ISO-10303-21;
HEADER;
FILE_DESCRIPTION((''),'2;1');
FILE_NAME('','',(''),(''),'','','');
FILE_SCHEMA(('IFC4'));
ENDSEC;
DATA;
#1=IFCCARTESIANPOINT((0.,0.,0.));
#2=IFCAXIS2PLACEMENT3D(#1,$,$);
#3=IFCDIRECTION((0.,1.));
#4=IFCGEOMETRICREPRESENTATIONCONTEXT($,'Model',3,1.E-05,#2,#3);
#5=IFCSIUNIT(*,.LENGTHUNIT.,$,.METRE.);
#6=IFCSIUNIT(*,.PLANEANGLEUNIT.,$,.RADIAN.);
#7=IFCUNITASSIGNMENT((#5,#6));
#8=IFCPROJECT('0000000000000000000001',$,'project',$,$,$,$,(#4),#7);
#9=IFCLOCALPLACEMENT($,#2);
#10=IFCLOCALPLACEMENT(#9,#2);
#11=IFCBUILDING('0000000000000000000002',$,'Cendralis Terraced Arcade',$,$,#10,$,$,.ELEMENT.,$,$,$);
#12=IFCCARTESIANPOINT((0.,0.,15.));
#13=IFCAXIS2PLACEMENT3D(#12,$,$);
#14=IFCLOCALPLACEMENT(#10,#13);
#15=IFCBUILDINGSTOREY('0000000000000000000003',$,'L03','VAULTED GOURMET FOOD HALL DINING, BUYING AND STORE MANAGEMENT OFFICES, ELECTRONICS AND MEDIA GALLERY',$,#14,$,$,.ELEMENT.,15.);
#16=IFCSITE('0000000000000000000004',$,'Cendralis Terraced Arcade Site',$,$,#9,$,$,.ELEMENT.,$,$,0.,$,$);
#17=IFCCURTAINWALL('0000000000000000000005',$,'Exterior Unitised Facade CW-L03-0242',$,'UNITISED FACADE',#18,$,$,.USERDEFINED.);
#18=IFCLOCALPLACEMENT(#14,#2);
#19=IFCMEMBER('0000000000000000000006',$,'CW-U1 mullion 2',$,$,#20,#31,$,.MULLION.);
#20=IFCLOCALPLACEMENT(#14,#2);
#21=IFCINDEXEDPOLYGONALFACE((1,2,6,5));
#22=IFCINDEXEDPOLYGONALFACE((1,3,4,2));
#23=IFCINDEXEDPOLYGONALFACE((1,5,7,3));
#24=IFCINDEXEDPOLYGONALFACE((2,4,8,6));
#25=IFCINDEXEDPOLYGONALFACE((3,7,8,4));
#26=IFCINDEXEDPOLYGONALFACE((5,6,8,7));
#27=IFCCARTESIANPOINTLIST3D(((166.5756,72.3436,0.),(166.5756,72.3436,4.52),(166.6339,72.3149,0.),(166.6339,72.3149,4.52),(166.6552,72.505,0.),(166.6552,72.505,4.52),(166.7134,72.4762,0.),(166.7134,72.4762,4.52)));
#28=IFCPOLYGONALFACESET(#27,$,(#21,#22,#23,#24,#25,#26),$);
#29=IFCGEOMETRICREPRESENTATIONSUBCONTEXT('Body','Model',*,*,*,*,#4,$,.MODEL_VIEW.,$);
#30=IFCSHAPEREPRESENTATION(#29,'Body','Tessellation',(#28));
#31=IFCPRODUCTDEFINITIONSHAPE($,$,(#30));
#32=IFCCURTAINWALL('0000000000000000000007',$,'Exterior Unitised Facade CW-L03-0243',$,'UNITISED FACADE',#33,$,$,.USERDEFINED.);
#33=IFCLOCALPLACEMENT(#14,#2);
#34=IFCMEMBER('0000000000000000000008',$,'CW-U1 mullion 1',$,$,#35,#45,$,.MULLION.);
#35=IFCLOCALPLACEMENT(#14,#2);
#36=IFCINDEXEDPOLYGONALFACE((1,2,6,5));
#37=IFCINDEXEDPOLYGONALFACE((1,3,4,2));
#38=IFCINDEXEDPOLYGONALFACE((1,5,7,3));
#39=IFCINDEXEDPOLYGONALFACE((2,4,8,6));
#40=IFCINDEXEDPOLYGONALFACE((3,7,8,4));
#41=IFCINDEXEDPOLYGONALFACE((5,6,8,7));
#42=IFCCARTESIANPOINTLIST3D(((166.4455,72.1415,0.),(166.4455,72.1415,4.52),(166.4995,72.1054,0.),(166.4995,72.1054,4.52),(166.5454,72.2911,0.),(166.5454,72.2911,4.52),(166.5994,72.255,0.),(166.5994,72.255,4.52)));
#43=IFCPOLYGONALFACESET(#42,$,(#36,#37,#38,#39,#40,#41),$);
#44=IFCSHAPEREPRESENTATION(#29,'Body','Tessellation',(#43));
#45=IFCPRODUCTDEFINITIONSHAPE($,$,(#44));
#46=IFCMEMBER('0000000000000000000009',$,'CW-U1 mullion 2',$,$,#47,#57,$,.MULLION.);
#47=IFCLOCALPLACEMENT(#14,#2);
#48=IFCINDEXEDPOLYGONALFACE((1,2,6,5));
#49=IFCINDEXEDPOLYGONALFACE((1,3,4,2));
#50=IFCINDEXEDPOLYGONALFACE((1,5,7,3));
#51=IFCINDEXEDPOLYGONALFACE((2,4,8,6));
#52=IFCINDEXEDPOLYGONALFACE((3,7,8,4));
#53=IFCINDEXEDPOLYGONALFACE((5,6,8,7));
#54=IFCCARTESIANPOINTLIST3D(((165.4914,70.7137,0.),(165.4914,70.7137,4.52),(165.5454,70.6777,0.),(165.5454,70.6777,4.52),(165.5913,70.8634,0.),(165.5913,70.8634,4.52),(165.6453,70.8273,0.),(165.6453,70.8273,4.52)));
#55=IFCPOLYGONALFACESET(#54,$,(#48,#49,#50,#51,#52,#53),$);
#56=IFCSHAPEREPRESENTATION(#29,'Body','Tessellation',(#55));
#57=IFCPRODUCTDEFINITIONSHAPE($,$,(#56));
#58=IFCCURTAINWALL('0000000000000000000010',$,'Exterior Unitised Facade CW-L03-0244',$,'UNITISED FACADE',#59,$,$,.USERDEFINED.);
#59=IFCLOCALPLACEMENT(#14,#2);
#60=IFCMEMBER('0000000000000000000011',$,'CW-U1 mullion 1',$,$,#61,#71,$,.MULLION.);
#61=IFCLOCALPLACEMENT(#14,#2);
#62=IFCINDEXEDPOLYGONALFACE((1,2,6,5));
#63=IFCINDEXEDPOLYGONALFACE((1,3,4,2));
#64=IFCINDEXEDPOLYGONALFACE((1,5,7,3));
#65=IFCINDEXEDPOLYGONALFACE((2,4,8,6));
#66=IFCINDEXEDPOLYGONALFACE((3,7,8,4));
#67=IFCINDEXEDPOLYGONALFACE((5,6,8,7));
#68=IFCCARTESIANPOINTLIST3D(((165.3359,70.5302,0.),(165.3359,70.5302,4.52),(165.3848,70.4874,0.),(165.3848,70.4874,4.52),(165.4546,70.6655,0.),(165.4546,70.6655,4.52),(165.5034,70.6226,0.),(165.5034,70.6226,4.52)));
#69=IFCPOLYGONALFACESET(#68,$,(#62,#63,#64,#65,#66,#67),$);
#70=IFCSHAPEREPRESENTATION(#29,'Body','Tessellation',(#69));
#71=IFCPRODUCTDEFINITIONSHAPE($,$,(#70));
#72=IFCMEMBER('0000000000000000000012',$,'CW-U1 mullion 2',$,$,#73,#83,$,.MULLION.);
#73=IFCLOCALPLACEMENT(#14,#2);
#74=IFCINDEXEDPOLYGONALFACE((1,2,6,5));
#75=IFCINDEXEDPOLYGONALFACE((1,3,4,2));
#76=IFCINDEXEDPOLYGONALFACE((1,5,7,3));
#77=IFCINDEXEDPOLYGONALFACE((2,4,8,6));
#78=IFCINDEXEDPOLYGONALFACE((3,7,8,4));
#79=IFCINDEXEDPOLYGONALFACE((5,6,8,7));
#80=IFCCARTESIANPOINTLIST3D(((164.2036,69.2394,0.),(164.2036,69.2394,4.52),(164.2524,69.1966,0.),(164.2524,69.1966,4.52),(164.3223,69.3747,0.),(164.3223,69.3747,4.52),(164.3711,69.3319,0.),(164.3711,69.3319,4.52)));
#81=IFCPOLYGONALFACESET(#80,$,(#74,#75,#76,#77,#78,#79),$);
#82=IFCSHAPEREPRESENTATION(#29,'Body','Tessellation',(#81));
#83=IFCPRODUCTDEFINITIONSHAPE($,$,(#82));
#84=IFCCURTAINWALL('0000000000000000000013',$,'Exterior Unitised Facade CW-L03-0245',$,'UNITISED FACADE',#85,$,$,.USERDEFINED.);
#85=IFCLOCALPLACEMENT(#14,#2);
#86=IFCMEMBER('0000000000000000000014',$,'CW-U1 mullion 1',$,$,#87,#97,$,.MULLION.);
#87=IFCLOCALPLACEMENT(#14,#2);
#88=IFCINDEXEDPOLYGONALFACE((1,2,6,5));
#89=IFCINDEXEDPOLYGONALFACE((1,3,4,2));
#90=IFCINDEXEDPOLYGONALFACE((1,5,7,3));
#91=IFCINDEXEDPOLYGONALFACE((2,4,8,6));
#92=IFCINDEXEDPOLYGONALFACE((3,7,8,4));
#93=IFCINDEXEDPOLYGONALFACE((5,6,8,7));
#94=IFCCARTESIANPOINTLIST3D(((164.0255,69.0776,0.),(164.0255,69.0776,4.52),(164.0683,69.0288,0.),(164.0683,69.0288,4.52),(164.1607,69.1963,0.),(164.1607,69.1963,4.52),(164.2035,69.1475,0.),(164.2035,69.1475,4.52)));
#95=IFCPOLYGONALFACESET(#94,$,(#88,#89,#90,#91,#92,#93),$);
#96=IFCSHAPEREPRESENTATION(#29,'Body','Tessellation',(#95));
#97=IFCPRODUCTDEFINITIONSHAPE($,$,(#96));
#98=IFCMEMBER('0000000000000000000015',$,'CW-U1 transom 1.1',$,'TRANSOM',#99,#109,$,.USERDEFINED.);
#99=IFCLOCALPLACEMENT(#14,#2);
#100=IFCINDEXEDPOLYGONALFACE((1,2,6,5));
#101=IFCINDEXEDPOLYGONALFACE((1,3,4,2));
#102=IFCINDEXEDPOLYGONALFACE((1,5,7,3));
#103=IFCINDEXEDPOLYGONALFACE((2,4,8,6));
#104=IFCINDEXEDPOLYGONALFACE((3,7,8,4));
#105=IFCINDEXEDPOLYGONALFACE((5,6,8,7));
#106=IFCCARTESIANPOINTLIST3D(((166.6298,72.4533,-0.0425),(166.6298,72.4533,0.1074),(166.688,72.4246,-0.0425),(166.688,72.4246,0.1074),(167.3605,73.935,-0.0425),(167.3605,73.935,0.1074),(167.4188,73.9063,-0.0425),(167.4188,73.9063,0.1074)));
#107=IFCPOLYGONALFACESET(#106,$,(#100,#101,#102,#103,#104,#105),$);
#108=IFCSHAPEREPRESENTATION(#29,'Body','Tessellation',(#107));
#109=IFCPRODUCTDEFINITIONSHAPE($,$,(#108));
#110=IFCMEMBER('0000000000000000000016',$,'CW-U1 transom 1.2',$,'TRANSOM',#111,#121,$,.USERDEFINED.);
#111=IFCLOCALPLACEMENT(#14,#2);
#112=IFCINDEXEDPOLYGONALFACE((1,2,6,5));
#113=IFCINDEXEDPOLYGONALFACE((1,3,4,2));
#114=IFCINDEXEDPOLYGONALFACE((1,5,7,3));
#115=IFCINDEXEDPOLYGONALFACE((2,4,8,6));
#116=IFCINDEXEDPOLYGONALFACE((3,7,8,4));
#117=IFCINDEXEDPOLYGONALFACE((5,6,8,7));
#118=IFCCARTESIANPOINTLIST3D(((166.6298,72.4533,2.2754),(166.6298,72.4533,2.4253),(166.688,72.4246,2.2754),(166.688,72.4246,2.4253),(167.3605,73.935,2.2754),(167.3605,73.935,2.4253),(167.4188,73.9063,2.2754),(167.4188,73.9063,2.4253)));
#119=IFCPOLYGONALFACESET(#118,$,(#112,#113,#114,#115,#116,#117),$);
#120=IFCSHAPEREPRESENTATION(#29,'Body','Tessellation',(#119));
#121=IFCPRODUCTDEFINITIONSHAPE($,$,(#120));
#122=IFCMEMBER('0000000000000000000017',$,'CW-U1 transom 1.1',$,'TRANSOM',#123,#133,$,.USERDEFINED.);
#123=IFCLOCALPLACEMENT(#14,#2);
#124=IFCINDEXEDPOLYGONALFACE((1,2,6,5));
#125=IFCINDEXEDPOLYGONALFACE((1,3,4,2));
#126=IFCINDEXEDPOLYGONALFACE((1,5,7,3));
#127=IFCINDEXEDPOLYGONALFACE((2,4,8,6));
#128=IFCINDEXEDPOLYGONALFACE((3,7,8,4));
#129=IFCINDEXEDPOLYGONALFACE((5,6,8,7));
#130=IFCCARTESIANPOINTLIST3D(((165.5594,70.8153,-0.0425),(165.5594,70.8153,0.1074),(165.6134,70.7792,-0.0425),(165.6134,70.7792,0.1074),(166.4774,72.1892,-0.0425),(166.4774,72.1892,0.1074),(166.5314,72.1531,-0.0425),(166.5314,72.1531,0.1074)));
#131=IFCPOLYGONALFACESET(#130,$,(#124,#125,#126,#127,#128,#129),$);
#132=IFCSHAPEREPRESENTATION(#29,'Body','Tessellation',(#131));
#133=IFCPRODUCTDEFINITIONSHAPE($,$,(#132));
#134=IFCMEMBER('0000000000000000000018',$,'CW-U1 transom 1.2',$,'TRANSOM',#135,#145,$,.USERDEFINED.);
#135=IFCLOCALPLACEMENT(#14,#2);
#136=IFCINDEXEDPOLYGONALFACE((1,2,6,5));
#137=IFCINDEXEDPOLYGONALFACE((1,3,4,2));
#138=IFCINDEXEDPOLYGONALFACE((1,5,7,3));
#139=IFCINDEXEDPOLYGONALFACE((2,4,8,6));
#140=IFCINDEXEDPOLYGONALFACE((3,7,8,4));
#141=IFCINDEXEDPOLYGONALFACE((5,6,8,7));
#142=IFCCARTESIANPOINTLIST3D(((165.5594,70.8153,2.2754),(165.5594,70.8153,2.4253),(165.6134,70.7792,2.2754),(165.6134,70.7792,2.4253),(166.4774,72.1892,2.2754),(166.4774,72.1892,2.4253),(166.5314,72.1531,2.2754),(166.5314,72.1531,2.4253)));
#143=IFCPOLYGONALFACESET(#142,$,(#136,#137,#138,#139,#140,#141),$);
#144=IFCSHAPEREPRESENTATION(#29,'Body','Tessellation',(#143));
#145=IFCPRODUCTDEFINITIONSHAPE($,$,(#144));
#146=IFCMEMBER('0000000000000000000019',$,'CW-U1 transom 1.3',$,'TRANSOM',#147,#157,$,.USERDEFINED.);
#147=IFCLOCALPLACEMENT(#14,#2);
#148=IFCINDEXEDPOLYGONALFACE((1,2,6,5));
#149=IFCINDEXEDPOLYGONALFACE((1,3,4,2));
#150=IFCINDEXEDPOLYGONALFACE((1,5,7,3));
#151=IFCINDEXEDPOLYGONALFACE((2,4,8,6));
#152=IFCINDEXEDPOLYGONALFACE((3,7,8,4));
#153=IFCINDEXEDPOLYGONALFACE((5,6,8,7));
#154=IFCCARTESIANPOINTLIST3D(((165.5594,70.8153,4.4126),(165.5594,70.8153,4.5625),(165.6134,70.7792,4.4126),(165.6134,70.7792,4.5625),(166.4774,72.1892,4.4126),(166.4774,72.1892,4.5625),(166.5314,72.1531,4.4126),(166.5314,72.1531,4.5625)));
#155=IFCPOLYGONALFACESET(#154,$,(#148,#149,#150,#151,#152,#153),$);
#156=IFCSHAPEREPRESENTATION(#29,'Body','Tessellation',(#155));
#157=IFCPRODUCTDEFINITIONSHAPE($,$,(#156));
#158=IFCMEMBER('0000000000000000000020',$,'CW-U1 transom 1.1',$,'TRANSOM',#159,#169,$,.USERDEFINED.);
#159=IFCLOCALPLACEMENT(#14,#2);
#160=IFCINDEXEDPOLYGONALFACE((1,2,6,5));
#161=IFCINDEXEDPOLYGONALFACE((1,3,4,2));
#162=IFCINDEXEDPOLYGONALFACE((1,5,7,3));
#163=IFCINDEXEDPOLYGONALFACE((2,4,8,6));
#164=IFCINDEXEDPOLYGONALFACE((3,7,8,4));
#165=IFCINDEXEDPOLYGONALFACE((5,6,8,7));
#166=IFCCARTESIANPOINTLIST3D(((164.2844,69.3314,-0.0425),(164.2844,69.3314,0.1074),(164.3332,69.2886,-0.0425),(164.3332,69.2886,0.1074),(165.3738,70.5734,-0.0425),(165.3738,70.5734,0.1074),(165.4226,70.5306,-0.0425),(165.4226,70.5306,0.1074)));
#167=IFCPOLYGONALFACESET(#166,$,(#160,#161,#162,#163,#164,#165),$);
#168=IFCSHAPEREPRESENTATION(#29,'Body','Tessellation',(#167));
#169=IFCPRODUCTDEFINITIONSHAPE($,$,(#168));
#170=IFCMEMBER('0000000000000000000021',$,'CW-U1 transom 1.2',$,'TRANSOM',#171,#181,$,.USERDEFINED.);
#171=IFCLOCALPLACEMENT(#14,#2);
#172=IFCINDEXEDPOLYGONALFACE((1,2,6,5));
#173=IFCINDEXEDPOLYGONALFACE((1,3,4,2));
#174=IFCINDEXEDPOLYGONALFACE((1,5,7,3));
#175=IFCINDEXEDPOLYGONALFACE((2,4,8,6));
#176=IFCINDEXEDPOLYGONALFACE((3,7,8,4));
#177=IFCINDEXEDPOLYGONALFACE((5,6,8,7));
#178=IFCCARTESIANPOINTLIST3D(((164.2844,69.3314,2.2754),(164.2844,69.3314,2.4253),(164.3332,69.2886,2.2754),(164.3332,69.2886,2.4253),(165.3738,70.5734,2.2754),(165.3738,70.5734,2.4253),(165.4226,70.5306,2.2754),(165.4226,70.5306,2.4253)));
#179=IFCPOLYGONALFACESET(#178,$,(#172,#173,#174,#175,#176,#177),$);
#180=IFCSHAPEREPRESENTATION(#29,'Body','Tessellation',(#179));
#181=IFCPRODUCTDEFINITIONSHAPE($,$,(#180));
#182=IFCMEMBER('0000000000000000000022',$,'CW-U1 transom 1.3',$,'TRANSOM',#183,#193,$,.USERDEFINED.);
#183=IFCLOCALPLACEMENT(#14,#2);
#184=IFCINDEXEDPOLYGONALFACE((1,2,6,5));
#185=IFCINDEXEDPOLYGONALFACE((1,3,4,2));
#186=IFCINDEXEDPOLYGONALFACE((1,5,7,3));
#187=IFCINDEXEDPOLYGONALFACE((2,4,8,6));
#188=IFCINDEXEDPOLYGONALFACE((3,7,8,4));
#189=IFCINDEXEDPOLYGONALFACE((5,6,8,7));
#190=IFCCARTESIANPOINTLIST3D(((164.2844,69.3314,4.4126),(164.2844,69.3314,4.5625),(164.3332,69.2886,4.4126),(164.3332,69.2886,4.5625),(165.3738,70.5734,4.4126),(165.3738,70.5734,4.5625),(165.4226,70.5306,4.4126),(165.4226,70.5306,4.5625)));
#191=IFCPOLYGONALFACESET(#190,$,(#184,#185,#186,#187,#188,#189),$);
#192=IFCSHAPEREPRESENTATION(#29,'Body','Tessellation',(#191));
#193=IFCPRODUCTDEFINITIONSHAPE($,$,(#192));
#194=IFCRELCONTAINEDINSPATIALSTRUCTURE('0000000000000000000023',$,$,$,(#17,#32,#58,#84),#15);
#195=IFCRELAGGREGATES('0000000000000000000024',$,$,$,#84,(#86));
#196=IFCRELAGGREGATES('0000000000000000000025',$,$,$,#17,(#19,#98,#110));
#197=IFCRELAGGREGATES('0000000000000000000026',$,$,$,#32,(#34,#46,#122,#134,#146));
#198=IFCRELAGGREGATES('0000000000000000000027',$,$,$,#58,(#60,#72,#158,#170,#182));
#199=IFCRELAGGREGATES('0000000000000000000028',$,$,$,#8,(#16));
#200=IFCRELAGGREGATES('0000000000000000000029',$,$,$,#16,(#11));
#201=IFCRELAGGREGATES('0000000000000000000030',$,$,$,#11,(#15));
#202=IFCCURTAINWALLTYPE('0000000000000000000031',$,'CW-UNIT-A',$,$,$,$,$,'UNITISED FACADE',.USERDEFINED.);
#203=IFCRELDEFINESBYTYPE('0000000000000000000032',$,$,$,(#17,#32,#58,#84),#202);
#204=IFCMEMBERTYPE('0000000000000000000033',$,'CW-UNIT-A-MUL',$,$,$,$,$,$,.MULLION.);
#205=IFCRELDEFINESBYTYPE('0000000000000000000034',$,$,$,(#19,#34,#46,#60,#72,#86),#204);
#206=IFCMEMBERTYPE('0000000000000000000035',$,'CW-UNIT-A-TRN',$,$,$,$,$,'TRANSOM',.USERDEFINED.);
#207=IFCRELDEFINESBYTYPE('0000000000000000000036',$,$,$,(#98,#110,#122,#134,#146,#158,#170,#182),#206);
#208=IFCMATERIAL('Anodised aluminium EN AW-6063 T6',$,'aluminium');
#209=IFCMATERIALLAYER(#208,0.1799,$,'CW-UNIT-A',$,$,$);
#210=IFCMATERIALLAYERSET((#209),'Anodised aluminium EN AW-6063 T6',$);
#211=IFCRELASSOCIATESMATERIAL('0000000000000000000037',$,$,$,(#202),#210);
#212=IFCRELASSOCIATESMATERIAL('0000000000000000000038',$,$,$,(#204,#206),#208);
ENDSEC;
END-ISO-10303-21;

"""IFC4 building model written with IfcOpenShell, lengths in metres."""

from ifc_helpers import new_model, si_unit, direction, frame, origin, origin_2d, place, context, subcontext, project, spatial, rectangle, extrude, material, layer, layer_set, material_profile, profile_set, type_object, element, aggregate, save


model = new_model("IFC4")

# Units and contexts
model_context = context("Model", 3, precision=1e-05, world=origin(), true_north=direction((0.0, 1.0)))
body_context = subcontext(model_context, "Body", "Model", "MODEL_VIEW")
ifc_project = project(units=[si_unit("LENGTHUNIT", "METRE"), si_unit("PLANEANGLEUNIT", "RADIAN")], contexts=[model_context])

# Site, building, storey
site_placement = place(None, origin())
site = spatial("IfcSite", under=ifc_project, at=site_placement, Name="Cendralis Terraced Arcade Site", CompositionType="ELEMENT", RefElevation=0.0)
building_placement = place(site_placement, origin())
building = spatial("IfcBuilding", under=site, at=building_placement, Name="Cendralis Terraced Arcade", CompositionType="ELEMENT")
storey_placement = place(building_placement, frame((0.0, 0.0, 15.0)))
storey = spatial("IfcBuildingStorey", under=building, at=storey_placement, Name="L03", Description="VAULTED GOURMET FOOD HALL DINING, BUYING AND STORE MANAGEMENT OFFICES, ELECTRONICS AND MEDIA GALLERY", CompositionType="ELEMENT", Elevation=15.0)

# Curtain wall, member
ifc_material_1 = material(Name="Anodised aluminium EN AW-6063 T6", Category="aluminium")
ifc_layer_1 = layer(ifc_material_1, 0.1799, Name="CW-UNIT-A")
ifc_layer_set_1 = layer_set([ifc_layer_1], Name="Anodised aluminium EN AW-6063 T6")
curtain_wall_type = type_object("IfcCurtainWallType", Name="CW-UNIT-A", ElementType="UNITISED FACADE", PredefinedType="USERDEFINED", material=ifc_layer_set_1)
curtain_wall_1_placement = place(storey_placement, origin())
curtain_wall_1 = element("IfcCurtainWall", 1, at=curtain_wall_1_placement, inside=storey, type_object=curtain_wall_type, Name="Exterior Unitised Facade CW-L03-0242", ObjectType="UNITISED FACADE", PredefinedType="USERDEFINED")
ifc_material_profile_1 = material_profile(ifc_material_1, rectangle(XDim=0.0649, YDim=0.1799, at=origin_2d()), Name="ALU-MUL-65x180")
ifc_profile_set_1 = profile_set([ifc_material_profile_1], Name="Anodised aluminium EN AW-6063 T6")
member_type_1 = type_object("IfcMemberType", Name="CW-UNIT-A-MUL", PredefinedType="MULLION", material=ifc_profile_set_1)
member_1_placement = place(storey_placement, frame((166.6445, 72.4099, 0.0), z_axis=(0.0, 0.0, 1.0), x_axis=(0.896871, -0.442291, 0.0)))
member_1 = element("IfcMember", 2, at=member_1_placement, type_object=member_type_1, Name="CW-U1 mullion 2", PredefinedType="MULLION", context=body_context, shape_type="SweptSolid", body=[
    extrude(rectangle(XDim=0.0649, YDim=0.1799, at=origin_2d()), origin(), (0.0, 0.0, 1.0), 4.52),
])

# Curtain walls, members
curtain_wall_2_placement = place(storey_placement, origin())
curtain_wall_2 = element("IfcCurtainWall", 3, at=curtain_wall_2_placement, inside=storey, type_object=curtain_wall_type, Name="Exterior Unitised Facade CW-L03-0243", ObjectType="UNITISED FACADE", PredefinedType="USERDEFINED")
member_2_placement = place(storey_placement, frame((166.5225, 72.1982, 0.0), z_axis=(0.0, 0.0, 1.0), x_axis=(0.831471, -0.555567, 0.0)))
member_2 = element("IfcMember", 4, at=member_2_placement, type_object=member_type_1, Name="CW-U1 mullion 1", PredefinedType="MULLION", context=body_context, shape_type="SweptSolid", body=[
    extrude(rectangle(XDim=0.0649, YDim=0.1799, at=origin_2d()), origin(), (0.0, 0.0, 1.0), 4.52),
])
member_3_placement = place(storey_placement, frame((165.5684, 70.7705, 0.0), z_axis=(0.0, 0.0, 1.0), x_axis=(0.831471, -0.555567, 0.0)))
member_3 = element("IfcMember", 5, at=member_3_placement, type_object=member_type_1, Name="CW-U1 mullion 2", PredefinedType="MULLION", context=body_context, shape_type="SweptSolid", body=[
    extrude(rectangle(XDim=0.0649, YDim=0.1799, at=origin_2d()), origin(), (0.0, 0.0, 1.0), 4.52),
])
curtain_wall_3_placement = place(storey_placement, origin())
curtain_wall_3 = element("IfcCurtainWall", 6, at=curtain_wall_3_placement, inside=storey, type_object=curtain_wall_type, Name="Exterior Unitised Facade CW-L03-0244", ObjectType="UNITISED FACADE", PredefinedType="USERDEFINED")
member_4_placement = place(storey_placement, frame((165.4197, 70.5764, 0.0), z_axis=(0.0, 0.0, 1.0), x_axis=(0.751804, -0.659386, 0.0)))
member_4 = element("IfcMember", 7, at=member_4_placement, type_object=member_type_1, Name="CW-U1 mullion 1", PredefinedType="MULLION", context=body_context, shape_type="SweptSolid", body=[
    extrude(rectangle(XDim=0.0649, YDim=0.1799, at=origin_2d()), origin(), (0.0, 0.0, 1.0), 4.52),
])
member_5_placement = place(storey_placement, frame((164.2874, 69.2856, 0.0), z_axis=(0.0, 0.0, 1.0), x_axis=(0.751804, -0.659386, 0.0)))
member_5 = element("IfcMember", 8, at=member_5_placement, type_object=member_type_1, Name="CW-U1 mullion 2", PredefinedType="MULLION", context=body_context, shape_type="SweptSolid", body=[
    extrude(rectangle(XDim=0.0649, YDim=0.1799, at=origin_2d()), origin(), (0.0, 0.0, 1.0), 4.52),
])

# Curtain wall, member
curtain_wall_4_placement = place(storey_placement, origin())
curtain_wall_4 = element("IfcCurtainWall", 9, at=curtain_wall_4_placement, inside=storey, type_object=curtain_wall_type, Name="Exterior Unitised Facade CW-L03-0245", ObjectType="UNITISED FACADE", PredefinedType="USERDEFINED")
member_6_placement = place(storey_placement, frame((164.1145, 69.1125, 0.0), z_axis=(0.0, 0.0, 1.0), x_axis=(0.659386, -0.751804, 0.0)))
member_6 = element("IfcMember", 10, at=member_6_placement, type_object=member_type_1, Name="CW-U1 mullion 1", PredefinedType="MULLION", context=body_context, shape_type="SweptSolid", body=[
    extrude(rectangle(XDim=0.0649, YDim=0.1799, at=origin_2d()), origin(), (0.0, 0.0, 1.0), 4.52),
])
aggregate(curtain_wall_4, [member_6])

# Members
ifc_material_profile_2 = material_profile(ifc_material_1, rectangle(XDim=0.0649, YDim=0.1499, at=origin_2d()), Name="ALU-TRN-65x150")
ifc_profile_set_2 = profile_set([ifc_material_profile_2], Name="Anodised aluminium EN AW-6063 T6")
member_type_2 = type_object("IfcMemberType", Name="CW-UNIT-A-TRN", ElementType="TRANSOM", PredefinedType="USERDEFINED", material=ifc_profile_set_2)
member_7_placement = place(storey_placement, frame((167.3896, 73.9207, 0.0325), z_axis=(-0.442301, -0.896867, 0.0), x_axis=(0.896867, -0.442301, 0.0)))
member_7 = element("IfcMember", 11, at=member_7_placement, type_object=member_type_2, Name="CW-U1 transom 1.1", ObjectType="TRANSOM", PredefinedType="USERDEFINED", context=body_context, shape_type="SweptSolid", body=[
    extrude(rectangle(XDim=0.0649, YDim=0.1499, at=origin_2d()), origin(), (0.0, 0.0, 1.0), 1.6521),
])
member_8_placement = place(storey_placement, frame((167.3896, 73.9207, 2.3503), z_axis=(-0.442301, -0.896867, 0.0), x_axis=(0.896867, -0.442301, 0.0)))
member_8 = element("IfcMember", 12, at=member_8_placement, type_object=member_type_2, Name="CW-U1 transom 1.2", ObjectType="TRANSOM", PredefinedType="USERDEFINED", context=body_context, shape_type="SweptSolid", body=[
    extrude(rectangle(XDim=0.0649, YDim=0.1499, at=origin_2d()), origin(), (0.0, 0.0, 1.0), 1.6521),
])
member_9_placement = place(storey_placement, frame((166.5044, 72.1711, 0.0325), z_axis=(-0.555586, -0.831459, 0.0), x_axis=(0.831459, -0.555586, 0.0)))
member_9 = element("IfcMember", 13, at=member_9_placement, type_object=member_type_2, Name="CW-U1 transom 1.1", ObjectType="TRANSOM", PredefinedType="USERDEFINED", context=body_context, shape_type="SweptSolid", body=[
    extrude(rectangle(XDim=0.0649, YDim=0.1499, at=origin_2d()), origin(), (0.0, 0.0, 1.0), 1.6523),
])
member_10_placement = place(storey_placement, frame((166.5044, 72.1711, 2.3503), z_axis=(-0.555586, -0.831459, 0.0), x_axis=(0.831459, -0.555586, 0.0)))
member_10 = element("IfcMember", 14, at=member_10_placement, type_object=member_type_2, Name="CW-U1 transom 1.2", ObjectType="TRANSOM", PredefinedType="USERDEFINED", context=body_context, shape_type="SweptSolid", body=[
    extrude(rectangle(XDim=0.0649, YDim=0.1499, at=origin_2d()), origin(), (0.0, 0.0, 1.0), 1.6523),
])
member_11_placement = place(storey_placement, frame((166.5044, 72.1711, 4.4875), z_axis=(-0.555586, -0.831459, 0.0), x_axis=(0.831459, -0.555586, 0.0)))
member_11 = element("IfcMember", 15, at=member_11_placement, type_object=member_type_2, Name="CW-U1 transom 1.3", ObjectType="TRANSOM", PredefinedType="USERDEFINED", context=body_context, shape_type="SweptSolid", body=[
    extrude(rectangle(XDim=0.0649, YDim=0.1499, at=origin_2d()), origin(), (0.0, 0.0, 1.0), 1.6523),
])
member_12_placement = place(storey_placement, frame((165.3982, 70.552, 0.0325), z_axis=(-0.659414, -0.75178, 0.0), x_axis=(0.75178, -0.659414, 0.0)))
member_12 = element("IfcMember", 16, at=member_12_placement, type_object=member_type_2, Name="CW-U1 transom 1.1", ObjectType="TRANSOM", PredefinedType="USERDEFINED", context=body_context, shape_type="SweptSolid", body=[
    extrude(rectangle(XDim=0.0649, YDim=0.1499, at=origin_2d()), origin(), (0.0, 0.0, 1.0), 1.6521),
])
member_13_placement = place(storey_placement, frame((165.3982, 70.552, 2.3503), z_axis=(-0.659414, -0.75178, 0.0), x_axis=(0.75178, -0.659414, 0.0)))
member_13 = element("IfcMember", 17, at=member_13_placement, type_object=member_type_2, Name="CW-U1 transom 1.2", ObjectType="TRANSOM", PredefinedType="USERDEFINED", context=body_context, shape_type="SweptSolid", body=[
    extrude(rectangle(XDim=0.0649, YDim=0.1499, at=origin_2d()), origin(), (0.0, 0.0, 1.0), 1.6521),
])
member_14_placement = place(storey_placement, frame((165.3982, 70.552, 4.4875), z_axis=(-0.659414, -0.75178, 0.0), x_axis=(0.75178, -0.659414, 0.0)))
member_14 = element("IfcMember", 18, at=member_14_placement, type_object=member_type_2, Name="CW-U1 transom 1.3", ObjectType="TRANSOM", PredefinedType="USERDEFINED", context=body_context, shape_type="SweptSolid", body=[
    extrude(rectangle(XDim=0.0649, YDim=0.1499, at=origin_2d()), origin(), (0.0, 0.0, 1.0), 1.6521),
])

aggregate(curtain_wall_1, [member_1, member_7, member_8])
aggregate(curtain_wall_2, [member_2, member_3, member_9, member_10, member_11])
aggregate(curtain_wall_3, [member_4, member_5, member_12, member_13, member_14])

save(model, "model.ifc")
